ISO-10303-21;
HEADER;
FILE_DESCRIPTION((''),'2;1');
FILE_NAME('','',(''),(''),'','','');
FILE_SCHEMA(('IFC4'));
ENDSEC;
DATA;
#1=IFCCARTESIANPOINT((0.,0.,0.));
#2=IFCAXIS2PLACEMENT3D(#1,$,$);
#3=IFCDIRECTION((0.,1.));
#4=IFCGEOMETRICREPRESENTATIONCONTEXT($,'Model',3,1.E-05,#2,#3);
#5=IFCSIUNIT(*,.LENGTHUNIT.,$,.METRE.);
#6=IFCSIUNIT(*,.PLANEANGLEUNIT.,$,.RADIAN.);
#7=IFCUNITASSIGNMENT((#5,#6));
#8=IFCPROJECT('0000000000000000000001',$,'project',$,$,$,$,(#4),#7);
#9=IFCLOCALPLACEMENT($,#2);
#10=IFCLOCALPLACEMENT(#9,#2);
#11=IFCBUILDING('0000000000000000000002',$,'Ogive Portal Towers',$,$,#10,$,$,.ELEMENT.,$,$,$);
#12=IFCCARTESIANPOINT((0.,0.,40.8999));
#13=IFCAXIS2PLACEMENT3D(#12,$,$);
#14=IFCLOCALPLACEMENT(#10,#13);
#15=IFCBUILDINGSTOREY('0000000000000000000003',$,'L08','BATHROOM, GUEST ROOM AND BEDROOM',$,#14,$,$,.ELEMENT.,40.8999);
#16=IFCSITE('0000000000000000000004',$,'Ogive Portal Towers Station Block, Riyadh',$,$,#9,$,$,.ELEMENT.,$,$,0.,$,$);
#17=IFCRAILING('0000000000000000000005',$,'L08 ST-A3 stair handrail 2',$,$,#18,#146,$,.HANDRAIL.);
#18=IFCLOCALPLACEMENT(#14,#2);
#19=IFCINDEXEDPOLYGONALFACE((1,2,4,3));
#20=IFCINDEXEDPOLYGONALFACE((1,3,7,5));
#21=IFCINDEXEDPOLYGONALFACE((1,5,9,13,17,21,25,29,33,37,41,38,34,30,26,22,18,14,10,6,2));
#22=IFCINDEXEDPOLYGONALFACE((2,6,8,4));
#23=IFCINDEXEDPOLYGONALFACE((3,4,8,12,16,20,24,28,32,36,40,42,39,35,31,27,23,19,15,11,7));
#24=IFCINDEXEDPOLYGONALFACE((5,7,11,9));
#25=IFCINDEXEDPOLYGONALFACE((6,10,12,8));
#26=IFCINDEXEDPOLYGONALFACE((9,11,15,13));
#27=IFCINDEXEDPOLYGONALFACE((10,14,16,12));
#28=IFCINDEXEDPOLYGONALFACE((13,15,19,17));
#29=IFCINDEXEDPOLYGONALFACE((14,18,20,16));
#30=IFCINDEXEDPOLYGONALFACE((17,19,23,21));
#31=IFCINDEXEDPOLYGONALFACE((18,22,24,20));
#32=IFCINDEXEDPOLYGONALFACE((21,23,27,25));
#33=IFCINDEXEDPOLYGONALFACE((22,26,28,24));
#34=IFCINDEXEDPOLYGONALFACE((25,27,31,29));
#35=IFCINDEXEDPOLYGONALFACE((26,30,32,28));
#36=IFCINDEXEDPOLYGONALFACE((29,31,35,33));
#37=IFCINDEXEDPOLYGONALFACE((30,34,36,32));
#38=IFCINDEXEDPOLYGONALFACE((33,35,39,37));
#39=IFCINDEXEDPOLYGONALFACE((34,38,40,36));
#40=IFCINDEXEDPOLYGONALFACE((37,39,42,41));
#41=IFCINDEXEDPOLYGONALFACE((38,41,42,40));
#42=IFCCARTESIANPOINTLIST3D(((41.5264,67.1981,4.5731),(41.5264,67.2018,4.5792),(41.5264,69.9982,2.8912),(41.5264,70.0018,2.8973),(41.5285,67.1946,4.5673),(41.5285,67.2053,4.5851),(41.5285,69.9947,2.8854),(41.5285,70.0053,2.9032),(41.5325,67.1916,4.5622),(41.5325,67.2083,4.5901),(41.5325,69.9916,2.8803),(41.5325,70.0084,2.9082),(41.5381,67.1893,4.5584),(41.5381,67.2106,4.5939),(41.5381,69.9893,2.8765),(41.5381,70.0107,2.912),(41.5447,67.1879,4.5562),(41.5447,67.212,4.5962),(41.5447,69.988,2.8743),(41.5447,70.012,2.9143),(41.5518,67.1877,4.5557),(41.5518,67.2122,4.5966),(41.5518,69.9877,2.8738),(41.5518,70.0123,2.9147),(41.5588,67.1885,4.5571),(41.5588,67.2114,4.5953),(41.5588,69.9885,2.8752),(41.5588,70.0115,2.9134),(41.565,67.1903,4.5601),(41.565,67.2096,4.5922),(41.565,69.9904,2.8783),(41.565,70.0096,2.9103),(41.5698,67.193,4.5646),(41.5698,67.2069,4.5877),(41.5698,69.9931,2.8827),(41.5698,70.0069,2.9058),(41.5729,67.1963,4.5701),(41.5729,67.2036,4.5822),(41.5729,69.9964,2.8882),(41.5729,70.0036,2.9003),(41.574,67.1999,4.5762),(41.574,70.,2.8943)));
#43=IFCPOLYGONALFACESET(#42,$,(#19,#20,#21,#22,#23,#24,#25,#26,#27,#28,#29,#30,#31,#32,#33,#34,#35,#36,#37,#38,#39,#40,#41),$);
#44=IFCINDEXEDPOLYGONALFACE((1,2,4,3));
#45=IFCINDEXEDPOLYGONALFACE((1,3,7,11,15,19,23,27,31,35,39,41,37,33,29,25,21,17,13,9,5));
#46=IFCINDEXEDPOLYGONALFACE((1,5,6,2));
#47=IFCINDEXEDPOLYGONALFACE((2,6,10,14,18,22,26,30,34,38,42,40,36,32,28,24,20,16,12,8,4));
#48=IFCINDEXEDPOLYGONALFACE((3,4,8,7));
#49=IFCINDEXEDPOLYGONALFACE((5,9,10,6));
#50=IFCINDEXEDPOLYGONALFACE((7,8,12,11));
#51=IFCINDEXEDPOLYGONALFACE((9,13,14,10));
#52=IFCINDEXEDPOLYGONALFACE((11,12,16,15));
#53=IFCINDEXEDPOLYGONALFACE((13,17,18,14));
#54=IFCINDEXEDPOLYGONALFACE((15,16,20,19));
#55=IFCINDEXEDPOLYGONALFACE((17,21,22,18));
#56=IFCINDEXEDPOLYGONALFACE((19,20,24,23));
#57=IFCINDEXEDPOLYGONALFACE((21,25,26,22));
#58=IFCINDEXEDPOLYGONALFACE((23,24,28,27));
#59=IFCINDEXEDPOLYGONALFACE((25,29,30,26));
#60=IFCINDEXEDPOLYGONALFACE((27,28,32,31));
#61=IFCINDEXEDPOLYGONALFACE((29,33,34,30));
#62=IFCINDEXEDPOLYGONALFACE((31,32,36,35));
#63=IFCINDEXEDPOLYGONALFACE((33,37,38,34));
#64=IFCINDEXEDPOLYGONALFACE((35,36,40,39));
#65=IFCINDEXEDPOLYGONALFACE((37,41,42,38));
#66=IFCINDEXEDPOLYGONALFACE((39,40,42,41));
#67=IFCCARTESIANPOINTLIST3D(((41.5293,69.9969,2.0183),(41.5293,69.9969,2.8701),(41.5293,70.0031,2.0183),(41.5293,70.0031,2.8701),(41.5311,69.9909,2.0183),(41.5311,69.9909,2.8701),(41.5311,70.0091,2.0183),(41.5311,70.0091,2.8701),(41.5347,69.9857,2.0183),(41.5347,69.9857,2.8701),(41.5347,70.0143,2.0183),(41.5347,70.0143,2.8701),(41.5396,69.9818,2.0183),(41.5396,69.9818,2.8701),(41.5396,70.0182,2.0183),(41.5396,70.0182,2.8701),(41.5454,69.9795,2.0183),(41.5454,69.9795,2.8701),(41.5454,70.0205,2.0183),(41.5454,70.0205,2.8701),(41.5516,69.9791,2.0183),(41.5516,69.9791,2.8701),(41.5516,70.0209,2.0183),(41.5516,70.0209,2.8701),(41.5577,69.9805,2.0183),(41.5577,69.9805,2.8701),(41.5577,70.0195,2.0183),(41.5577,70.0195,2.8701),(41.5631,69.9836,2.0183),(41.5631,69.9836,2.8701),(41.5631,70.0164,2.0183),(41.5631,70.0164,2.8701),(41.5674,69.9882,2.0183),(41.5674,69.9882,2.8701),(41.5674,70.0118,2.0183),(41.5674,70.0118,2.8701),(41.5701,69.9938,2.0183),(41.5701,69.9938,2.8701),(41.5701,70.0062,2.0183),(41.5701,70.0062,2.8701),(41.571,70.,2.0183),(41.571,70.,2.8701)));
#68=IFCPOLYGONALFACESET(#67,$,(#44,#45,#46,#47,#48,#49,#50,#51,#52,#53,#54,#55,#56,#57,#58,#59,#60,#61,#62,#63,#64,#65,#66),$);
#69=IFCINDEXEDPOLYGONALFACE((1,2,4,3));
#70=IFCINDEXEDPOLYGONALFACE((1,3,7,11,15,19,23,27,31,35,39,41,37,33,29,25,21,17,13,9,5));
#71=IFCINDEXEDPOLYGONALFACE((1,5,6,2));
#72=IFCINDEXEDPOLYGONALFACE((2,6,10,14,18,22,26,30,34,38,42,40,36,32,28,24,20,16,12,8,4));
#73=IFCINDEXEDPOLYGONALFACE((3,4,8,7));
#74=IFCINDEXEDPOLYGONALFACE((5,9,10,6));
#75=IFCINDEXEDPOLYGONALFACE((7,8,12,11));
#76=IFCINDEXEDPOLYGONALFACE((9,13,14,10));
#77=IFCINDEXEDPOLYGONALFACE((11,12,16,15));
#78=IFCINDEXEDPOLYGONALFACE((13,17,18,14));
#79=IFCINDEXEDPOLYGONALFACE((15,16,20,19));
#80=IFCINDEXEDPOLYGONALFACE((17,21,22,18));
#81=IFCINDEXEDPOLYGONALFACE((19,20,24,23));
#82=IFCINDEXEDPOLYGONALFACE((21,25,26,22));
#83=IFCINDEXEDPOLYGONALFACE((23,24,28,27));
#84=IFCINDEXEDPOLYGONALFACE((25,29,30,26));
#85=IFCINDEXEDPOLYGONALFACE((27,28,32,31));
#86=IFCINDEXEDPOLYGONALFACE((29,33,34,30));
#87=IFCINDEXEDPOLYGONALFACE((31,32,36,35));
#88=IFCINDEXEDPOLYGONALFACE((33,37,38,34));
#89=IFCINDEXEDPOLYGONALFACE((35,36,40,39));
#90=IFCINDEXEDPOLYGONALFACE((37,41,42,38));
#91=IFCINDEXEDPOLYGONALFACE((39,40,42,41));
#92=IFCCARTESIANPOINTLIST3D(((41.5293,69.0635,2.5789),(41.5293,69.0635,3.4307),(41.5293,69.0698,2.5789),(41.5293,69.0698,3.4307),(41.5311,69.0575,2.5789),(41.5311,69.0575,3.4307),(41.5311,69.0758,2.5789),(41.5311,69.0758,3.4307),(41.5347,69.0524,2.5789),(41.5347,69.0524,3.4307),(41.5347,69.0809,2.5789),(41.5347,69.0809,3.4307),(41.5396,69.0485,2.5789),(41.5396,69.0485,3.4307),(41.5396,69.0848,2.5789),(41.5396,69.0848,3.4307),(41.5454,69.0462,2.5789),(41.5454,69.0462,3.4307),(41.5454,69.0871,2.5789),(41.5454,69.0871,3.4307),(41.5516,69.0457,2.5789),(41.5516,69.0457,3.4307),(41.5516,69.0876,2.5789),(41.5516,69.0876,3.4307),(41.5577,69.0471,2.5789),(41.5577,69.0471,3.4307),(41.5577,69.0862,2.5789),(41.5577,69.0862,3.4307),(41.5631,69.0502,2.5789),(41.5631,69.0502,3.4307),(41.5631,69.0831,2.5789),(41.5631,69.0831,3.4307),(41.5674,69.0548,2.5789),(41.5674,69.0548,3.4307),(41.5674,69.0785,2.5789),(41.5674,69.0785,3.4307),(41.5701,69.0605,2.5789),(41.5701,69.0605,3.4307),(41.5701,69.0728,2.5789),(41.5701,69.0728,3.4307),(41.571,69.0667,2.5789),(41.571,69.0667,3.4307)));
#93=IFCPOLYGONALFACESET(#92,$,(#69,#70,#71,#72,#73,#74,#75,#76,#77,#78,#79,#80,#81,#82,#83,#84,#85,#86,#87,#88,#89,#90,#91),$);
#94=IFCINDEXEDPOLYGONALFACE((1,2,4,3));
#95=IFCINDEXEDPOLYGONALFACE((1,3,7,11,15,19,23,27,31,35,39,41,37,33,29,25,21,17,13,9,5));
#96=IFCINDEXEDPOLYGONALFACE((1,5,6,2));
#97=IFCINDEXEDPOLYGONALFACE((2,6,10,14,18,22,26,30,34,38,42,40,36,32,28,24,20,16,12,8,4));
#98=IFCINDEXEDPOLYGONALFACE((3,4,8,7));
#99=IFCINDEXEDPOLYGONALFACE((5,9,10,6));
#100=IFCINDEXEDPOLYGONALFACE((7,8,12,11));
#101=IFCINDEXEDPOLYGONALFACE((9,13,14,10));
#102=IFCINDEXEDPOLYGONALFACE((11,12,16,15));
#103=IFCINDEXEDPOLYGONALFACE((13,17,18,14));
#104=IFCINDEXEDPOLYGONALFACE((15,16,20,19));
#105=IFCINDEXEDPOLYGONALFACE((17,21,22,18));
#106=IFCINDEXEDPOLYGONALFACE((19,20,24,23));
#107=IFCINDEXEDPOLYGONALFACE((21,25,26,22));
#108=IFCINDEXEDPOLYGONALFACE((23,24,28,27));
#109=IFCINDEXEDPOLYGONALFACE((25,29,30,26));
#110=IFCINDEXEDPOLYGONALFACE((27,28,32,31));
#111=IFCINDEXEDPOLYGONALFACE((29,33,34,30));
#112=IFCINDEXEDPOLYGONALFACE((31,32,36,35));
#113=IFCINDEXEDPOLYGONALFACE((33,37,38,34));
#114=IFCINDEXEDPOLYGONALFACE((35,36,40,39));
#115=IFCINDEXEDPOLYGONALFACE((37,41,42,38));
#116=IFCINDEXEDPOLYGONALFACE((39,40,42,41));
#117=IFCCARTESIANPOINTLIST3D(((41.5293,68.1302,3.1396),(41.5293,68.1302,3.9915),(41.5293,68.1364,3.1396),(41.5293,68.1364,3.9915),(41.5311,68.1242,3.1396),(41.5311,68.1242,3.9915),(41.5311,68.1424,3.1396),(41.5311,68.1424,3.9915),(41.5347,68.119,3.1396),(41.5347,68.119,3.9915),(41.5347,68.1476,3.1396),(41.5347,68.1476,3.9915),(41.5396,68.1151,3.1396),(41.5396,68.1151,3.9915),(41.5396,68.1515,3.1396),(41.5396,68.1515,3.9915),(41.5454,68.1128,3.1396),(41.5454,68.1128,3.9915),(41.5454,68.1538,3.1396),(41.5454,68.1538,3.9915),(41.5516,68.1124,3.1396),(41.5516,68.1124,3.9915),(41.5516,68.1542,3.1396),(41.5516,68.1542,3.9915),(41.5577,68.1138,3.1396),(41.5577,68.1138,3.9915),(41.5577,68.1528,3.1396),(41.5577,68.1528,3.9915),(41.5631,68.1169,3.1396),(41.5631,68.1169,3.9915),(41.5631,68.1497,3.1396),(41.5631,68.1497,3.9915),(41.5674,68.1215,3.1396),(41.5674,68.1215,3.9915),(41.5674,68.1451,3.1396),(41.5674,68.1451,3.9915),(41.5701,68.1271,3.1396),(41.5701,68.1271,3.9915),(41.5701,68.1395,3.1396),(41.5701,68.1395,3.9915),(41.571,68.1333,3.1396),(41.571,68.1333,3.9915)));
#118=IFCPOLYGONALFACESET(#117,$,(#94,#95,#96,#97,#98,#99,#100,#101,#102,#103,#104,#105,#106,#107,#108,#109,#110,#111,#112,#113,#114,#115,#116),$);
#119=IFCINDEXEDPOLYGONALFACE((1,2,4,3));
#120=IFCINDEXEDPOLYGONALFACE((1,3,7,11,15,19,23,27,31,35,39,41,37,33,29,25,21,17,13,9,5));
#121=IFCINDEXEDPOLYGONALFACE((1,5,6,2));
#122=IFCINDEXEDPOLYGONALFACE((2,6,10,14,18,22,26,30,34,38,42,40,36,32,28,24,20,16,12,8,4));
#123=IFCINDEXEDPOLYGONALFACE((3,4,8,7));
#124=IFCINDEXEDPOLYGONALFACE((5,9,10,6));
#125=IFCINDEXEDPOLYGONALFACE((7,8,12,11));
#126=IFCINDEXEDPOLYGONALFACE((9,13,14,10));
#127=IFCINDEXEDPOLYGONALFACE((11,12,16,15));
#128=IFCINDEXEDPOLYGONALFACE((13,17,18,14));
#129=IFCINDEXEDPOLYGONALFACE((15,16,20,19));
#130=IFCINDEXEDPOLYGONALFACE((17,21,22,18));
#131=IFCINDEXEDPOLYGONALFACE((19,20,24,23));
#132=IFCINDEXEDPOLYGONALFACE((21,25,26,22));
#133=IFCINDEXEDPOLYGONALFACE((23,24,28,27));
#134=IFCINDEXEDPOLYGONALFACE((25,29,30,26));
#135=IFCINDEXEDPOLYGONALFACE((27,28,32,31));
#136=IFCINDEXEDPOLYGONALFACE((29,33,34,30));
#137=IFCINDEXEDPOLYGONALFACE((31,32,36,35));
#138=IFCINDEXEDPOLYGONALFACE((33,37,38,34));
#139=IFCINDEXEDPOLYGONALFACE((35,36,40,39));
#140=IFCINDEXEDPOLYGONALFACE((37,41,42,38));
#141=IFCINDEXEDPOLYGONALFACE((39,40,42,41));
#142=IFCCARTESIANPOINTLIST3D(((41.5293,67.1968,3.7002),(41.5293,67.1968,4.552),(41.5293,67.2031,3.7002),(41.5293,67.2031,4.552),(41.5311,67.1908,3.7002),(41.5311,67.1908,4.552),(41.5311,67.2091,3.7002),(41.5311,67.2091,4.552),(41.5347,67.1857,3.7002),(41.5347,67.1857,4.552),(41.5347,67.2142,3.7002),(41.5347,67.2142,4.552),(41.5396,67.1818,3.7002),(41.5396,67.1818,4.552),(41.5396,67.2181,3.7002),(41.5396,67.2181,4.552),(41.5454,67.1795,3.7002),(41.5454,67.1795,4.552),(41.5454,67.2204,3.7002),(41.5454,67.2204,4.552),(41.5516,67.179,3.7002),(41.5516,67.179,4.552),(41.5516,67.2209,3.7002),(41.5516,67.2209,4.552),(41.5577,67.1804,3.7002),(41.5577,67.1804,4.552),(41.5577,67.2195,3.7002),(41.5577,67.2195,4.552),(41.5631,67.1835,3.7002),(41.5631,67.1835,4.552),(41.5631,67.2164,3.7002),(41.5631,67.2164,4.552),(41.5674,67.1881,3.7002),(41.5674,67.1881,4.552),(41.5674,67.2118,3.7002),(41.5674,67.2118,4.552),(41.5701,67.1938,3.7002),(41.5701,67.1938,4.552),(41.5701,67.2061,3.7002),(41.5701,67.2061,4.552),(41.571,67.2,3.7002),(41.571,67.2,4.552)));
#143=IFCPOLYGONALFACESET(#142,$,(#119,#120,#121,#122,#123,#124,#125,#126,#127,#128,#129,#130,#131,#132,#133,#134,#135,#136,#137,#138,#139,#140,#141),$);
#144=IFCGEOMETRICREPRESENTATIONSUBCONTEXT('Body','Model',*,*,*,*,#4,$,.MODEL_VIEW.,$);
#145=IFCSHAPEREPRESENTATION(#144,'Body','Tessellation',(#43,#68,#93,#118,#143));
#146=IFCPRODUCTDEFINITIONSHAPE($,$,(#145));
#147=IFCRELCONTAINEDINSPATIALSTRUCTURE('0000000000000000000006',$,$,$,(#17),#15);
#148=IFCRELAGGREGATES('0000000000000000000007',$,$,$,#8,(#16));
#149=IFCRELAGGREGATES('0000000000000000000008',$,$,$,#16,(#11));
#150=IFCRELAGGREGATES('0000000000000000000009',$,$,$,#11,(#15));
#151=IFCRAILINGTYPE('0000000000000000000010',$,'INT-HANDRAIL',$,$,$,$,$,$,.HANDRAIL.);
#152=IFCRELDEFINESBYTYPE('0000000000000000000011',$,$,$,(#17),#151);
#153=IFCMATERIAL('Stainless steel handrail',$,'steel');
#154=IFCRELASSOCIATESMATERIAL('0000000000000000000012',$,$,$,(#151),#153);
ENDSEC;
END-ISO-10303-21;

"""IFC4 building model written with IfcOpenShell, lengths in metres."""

from ifc_helpers import new_model, si_unit, direction, frame, origin, origin_2d, place, context, subcontext, project, spatial, circle, extrude, material, type_object, element, save


model = new_model("IFC4")

# Units and contexts
model_context = context("Model", 3, precision=1e-05, world=origin(), true_north=direction((0.0, 1.0)))
body_context = subcontext(model_context, "Body", "Model", "MODEL_VIEW")
ifc_project = project(units=[si_unit("LENGTHUNIT", "METRE"), si_unit("PLANEANGLEUNIT", "RADIAN")], contexts=[model_context])

# Site, building, storey
site_placement = place(None, origin())
site = spatial("IfcSite", under=ifc_project, at=site_placement, Name="Ogive Portal Towers Station Block, Riyadh", CompositionType="ELEMENT", RefElevation=0.0)
building_placement = place(site_placement, origin())
building = spatial("IfcBuilding", under=site, at=building_placement, Name="Ogive Portal Towers", CompositionType="ELEMENT")
storey_placement = place(building_placement, frame((0.0, 0.0, 40.8999)))
storey = spatial("IfcBuildingStorey", under=building, at=storey_placement, Name="L08", Description="BATHROOM, GUEST ROOM AND BEDROOM", CompositionType="ELEMENT", Elevation=40.8999)

# Railing
ifc_material_1 = material(Name="Stainless steel handrail", Category="steel")
railing_type_1 = type_object("IfcRailingType", Name="INT-HANDRAIL", PredefinedType="HANDRAIL", material=ifc_material_1)
railing_1_placement = place(storey_placement, frame((41.55, 70.0, 2.0183)))
element("IfcRailing", 1, at=railing_1_placement, inside=storey, type_object=railing_type_1, Name="L08 ST-A3 stair handrail 2", PredefinedType="HANDRAIL", context=body_context, shape_type="SweptSolid", body=[
    extrude(circle(Radius=0.0239, at=origin_2d()), frame((0.0, 0.0, 0.876), z_axis=(0.0, -0.857242, 0.514913), x_axis=(1.0, 0.0, 0.0)), (0.0, 0.0, 1.0), 3.2664),
    extrude(circle(Radius=0.021, at=origin_2d()), origin(), (0.0, 0.0, 1.0), 0.8518),
    extrude(circle(Radius=0.021, at=origin_2d()), frame((0.0, -0.9333, 0.5605)), (0.0, 0.0, 1.0), 0.8518),
    extrude(circle(Radius=0.021, at=origin_2d()), frame((0.0, -1.8667, 1.1213)), (0.0, 0.0, 1.0), 0.8518),
    extrude(circle(Radius=0.021, at=origin_2d()), frame((0.0, -2.8, 1.6819)), (0.0, 0.0, 1.0), 0.8518),
])

save(model, "model.ifc")
